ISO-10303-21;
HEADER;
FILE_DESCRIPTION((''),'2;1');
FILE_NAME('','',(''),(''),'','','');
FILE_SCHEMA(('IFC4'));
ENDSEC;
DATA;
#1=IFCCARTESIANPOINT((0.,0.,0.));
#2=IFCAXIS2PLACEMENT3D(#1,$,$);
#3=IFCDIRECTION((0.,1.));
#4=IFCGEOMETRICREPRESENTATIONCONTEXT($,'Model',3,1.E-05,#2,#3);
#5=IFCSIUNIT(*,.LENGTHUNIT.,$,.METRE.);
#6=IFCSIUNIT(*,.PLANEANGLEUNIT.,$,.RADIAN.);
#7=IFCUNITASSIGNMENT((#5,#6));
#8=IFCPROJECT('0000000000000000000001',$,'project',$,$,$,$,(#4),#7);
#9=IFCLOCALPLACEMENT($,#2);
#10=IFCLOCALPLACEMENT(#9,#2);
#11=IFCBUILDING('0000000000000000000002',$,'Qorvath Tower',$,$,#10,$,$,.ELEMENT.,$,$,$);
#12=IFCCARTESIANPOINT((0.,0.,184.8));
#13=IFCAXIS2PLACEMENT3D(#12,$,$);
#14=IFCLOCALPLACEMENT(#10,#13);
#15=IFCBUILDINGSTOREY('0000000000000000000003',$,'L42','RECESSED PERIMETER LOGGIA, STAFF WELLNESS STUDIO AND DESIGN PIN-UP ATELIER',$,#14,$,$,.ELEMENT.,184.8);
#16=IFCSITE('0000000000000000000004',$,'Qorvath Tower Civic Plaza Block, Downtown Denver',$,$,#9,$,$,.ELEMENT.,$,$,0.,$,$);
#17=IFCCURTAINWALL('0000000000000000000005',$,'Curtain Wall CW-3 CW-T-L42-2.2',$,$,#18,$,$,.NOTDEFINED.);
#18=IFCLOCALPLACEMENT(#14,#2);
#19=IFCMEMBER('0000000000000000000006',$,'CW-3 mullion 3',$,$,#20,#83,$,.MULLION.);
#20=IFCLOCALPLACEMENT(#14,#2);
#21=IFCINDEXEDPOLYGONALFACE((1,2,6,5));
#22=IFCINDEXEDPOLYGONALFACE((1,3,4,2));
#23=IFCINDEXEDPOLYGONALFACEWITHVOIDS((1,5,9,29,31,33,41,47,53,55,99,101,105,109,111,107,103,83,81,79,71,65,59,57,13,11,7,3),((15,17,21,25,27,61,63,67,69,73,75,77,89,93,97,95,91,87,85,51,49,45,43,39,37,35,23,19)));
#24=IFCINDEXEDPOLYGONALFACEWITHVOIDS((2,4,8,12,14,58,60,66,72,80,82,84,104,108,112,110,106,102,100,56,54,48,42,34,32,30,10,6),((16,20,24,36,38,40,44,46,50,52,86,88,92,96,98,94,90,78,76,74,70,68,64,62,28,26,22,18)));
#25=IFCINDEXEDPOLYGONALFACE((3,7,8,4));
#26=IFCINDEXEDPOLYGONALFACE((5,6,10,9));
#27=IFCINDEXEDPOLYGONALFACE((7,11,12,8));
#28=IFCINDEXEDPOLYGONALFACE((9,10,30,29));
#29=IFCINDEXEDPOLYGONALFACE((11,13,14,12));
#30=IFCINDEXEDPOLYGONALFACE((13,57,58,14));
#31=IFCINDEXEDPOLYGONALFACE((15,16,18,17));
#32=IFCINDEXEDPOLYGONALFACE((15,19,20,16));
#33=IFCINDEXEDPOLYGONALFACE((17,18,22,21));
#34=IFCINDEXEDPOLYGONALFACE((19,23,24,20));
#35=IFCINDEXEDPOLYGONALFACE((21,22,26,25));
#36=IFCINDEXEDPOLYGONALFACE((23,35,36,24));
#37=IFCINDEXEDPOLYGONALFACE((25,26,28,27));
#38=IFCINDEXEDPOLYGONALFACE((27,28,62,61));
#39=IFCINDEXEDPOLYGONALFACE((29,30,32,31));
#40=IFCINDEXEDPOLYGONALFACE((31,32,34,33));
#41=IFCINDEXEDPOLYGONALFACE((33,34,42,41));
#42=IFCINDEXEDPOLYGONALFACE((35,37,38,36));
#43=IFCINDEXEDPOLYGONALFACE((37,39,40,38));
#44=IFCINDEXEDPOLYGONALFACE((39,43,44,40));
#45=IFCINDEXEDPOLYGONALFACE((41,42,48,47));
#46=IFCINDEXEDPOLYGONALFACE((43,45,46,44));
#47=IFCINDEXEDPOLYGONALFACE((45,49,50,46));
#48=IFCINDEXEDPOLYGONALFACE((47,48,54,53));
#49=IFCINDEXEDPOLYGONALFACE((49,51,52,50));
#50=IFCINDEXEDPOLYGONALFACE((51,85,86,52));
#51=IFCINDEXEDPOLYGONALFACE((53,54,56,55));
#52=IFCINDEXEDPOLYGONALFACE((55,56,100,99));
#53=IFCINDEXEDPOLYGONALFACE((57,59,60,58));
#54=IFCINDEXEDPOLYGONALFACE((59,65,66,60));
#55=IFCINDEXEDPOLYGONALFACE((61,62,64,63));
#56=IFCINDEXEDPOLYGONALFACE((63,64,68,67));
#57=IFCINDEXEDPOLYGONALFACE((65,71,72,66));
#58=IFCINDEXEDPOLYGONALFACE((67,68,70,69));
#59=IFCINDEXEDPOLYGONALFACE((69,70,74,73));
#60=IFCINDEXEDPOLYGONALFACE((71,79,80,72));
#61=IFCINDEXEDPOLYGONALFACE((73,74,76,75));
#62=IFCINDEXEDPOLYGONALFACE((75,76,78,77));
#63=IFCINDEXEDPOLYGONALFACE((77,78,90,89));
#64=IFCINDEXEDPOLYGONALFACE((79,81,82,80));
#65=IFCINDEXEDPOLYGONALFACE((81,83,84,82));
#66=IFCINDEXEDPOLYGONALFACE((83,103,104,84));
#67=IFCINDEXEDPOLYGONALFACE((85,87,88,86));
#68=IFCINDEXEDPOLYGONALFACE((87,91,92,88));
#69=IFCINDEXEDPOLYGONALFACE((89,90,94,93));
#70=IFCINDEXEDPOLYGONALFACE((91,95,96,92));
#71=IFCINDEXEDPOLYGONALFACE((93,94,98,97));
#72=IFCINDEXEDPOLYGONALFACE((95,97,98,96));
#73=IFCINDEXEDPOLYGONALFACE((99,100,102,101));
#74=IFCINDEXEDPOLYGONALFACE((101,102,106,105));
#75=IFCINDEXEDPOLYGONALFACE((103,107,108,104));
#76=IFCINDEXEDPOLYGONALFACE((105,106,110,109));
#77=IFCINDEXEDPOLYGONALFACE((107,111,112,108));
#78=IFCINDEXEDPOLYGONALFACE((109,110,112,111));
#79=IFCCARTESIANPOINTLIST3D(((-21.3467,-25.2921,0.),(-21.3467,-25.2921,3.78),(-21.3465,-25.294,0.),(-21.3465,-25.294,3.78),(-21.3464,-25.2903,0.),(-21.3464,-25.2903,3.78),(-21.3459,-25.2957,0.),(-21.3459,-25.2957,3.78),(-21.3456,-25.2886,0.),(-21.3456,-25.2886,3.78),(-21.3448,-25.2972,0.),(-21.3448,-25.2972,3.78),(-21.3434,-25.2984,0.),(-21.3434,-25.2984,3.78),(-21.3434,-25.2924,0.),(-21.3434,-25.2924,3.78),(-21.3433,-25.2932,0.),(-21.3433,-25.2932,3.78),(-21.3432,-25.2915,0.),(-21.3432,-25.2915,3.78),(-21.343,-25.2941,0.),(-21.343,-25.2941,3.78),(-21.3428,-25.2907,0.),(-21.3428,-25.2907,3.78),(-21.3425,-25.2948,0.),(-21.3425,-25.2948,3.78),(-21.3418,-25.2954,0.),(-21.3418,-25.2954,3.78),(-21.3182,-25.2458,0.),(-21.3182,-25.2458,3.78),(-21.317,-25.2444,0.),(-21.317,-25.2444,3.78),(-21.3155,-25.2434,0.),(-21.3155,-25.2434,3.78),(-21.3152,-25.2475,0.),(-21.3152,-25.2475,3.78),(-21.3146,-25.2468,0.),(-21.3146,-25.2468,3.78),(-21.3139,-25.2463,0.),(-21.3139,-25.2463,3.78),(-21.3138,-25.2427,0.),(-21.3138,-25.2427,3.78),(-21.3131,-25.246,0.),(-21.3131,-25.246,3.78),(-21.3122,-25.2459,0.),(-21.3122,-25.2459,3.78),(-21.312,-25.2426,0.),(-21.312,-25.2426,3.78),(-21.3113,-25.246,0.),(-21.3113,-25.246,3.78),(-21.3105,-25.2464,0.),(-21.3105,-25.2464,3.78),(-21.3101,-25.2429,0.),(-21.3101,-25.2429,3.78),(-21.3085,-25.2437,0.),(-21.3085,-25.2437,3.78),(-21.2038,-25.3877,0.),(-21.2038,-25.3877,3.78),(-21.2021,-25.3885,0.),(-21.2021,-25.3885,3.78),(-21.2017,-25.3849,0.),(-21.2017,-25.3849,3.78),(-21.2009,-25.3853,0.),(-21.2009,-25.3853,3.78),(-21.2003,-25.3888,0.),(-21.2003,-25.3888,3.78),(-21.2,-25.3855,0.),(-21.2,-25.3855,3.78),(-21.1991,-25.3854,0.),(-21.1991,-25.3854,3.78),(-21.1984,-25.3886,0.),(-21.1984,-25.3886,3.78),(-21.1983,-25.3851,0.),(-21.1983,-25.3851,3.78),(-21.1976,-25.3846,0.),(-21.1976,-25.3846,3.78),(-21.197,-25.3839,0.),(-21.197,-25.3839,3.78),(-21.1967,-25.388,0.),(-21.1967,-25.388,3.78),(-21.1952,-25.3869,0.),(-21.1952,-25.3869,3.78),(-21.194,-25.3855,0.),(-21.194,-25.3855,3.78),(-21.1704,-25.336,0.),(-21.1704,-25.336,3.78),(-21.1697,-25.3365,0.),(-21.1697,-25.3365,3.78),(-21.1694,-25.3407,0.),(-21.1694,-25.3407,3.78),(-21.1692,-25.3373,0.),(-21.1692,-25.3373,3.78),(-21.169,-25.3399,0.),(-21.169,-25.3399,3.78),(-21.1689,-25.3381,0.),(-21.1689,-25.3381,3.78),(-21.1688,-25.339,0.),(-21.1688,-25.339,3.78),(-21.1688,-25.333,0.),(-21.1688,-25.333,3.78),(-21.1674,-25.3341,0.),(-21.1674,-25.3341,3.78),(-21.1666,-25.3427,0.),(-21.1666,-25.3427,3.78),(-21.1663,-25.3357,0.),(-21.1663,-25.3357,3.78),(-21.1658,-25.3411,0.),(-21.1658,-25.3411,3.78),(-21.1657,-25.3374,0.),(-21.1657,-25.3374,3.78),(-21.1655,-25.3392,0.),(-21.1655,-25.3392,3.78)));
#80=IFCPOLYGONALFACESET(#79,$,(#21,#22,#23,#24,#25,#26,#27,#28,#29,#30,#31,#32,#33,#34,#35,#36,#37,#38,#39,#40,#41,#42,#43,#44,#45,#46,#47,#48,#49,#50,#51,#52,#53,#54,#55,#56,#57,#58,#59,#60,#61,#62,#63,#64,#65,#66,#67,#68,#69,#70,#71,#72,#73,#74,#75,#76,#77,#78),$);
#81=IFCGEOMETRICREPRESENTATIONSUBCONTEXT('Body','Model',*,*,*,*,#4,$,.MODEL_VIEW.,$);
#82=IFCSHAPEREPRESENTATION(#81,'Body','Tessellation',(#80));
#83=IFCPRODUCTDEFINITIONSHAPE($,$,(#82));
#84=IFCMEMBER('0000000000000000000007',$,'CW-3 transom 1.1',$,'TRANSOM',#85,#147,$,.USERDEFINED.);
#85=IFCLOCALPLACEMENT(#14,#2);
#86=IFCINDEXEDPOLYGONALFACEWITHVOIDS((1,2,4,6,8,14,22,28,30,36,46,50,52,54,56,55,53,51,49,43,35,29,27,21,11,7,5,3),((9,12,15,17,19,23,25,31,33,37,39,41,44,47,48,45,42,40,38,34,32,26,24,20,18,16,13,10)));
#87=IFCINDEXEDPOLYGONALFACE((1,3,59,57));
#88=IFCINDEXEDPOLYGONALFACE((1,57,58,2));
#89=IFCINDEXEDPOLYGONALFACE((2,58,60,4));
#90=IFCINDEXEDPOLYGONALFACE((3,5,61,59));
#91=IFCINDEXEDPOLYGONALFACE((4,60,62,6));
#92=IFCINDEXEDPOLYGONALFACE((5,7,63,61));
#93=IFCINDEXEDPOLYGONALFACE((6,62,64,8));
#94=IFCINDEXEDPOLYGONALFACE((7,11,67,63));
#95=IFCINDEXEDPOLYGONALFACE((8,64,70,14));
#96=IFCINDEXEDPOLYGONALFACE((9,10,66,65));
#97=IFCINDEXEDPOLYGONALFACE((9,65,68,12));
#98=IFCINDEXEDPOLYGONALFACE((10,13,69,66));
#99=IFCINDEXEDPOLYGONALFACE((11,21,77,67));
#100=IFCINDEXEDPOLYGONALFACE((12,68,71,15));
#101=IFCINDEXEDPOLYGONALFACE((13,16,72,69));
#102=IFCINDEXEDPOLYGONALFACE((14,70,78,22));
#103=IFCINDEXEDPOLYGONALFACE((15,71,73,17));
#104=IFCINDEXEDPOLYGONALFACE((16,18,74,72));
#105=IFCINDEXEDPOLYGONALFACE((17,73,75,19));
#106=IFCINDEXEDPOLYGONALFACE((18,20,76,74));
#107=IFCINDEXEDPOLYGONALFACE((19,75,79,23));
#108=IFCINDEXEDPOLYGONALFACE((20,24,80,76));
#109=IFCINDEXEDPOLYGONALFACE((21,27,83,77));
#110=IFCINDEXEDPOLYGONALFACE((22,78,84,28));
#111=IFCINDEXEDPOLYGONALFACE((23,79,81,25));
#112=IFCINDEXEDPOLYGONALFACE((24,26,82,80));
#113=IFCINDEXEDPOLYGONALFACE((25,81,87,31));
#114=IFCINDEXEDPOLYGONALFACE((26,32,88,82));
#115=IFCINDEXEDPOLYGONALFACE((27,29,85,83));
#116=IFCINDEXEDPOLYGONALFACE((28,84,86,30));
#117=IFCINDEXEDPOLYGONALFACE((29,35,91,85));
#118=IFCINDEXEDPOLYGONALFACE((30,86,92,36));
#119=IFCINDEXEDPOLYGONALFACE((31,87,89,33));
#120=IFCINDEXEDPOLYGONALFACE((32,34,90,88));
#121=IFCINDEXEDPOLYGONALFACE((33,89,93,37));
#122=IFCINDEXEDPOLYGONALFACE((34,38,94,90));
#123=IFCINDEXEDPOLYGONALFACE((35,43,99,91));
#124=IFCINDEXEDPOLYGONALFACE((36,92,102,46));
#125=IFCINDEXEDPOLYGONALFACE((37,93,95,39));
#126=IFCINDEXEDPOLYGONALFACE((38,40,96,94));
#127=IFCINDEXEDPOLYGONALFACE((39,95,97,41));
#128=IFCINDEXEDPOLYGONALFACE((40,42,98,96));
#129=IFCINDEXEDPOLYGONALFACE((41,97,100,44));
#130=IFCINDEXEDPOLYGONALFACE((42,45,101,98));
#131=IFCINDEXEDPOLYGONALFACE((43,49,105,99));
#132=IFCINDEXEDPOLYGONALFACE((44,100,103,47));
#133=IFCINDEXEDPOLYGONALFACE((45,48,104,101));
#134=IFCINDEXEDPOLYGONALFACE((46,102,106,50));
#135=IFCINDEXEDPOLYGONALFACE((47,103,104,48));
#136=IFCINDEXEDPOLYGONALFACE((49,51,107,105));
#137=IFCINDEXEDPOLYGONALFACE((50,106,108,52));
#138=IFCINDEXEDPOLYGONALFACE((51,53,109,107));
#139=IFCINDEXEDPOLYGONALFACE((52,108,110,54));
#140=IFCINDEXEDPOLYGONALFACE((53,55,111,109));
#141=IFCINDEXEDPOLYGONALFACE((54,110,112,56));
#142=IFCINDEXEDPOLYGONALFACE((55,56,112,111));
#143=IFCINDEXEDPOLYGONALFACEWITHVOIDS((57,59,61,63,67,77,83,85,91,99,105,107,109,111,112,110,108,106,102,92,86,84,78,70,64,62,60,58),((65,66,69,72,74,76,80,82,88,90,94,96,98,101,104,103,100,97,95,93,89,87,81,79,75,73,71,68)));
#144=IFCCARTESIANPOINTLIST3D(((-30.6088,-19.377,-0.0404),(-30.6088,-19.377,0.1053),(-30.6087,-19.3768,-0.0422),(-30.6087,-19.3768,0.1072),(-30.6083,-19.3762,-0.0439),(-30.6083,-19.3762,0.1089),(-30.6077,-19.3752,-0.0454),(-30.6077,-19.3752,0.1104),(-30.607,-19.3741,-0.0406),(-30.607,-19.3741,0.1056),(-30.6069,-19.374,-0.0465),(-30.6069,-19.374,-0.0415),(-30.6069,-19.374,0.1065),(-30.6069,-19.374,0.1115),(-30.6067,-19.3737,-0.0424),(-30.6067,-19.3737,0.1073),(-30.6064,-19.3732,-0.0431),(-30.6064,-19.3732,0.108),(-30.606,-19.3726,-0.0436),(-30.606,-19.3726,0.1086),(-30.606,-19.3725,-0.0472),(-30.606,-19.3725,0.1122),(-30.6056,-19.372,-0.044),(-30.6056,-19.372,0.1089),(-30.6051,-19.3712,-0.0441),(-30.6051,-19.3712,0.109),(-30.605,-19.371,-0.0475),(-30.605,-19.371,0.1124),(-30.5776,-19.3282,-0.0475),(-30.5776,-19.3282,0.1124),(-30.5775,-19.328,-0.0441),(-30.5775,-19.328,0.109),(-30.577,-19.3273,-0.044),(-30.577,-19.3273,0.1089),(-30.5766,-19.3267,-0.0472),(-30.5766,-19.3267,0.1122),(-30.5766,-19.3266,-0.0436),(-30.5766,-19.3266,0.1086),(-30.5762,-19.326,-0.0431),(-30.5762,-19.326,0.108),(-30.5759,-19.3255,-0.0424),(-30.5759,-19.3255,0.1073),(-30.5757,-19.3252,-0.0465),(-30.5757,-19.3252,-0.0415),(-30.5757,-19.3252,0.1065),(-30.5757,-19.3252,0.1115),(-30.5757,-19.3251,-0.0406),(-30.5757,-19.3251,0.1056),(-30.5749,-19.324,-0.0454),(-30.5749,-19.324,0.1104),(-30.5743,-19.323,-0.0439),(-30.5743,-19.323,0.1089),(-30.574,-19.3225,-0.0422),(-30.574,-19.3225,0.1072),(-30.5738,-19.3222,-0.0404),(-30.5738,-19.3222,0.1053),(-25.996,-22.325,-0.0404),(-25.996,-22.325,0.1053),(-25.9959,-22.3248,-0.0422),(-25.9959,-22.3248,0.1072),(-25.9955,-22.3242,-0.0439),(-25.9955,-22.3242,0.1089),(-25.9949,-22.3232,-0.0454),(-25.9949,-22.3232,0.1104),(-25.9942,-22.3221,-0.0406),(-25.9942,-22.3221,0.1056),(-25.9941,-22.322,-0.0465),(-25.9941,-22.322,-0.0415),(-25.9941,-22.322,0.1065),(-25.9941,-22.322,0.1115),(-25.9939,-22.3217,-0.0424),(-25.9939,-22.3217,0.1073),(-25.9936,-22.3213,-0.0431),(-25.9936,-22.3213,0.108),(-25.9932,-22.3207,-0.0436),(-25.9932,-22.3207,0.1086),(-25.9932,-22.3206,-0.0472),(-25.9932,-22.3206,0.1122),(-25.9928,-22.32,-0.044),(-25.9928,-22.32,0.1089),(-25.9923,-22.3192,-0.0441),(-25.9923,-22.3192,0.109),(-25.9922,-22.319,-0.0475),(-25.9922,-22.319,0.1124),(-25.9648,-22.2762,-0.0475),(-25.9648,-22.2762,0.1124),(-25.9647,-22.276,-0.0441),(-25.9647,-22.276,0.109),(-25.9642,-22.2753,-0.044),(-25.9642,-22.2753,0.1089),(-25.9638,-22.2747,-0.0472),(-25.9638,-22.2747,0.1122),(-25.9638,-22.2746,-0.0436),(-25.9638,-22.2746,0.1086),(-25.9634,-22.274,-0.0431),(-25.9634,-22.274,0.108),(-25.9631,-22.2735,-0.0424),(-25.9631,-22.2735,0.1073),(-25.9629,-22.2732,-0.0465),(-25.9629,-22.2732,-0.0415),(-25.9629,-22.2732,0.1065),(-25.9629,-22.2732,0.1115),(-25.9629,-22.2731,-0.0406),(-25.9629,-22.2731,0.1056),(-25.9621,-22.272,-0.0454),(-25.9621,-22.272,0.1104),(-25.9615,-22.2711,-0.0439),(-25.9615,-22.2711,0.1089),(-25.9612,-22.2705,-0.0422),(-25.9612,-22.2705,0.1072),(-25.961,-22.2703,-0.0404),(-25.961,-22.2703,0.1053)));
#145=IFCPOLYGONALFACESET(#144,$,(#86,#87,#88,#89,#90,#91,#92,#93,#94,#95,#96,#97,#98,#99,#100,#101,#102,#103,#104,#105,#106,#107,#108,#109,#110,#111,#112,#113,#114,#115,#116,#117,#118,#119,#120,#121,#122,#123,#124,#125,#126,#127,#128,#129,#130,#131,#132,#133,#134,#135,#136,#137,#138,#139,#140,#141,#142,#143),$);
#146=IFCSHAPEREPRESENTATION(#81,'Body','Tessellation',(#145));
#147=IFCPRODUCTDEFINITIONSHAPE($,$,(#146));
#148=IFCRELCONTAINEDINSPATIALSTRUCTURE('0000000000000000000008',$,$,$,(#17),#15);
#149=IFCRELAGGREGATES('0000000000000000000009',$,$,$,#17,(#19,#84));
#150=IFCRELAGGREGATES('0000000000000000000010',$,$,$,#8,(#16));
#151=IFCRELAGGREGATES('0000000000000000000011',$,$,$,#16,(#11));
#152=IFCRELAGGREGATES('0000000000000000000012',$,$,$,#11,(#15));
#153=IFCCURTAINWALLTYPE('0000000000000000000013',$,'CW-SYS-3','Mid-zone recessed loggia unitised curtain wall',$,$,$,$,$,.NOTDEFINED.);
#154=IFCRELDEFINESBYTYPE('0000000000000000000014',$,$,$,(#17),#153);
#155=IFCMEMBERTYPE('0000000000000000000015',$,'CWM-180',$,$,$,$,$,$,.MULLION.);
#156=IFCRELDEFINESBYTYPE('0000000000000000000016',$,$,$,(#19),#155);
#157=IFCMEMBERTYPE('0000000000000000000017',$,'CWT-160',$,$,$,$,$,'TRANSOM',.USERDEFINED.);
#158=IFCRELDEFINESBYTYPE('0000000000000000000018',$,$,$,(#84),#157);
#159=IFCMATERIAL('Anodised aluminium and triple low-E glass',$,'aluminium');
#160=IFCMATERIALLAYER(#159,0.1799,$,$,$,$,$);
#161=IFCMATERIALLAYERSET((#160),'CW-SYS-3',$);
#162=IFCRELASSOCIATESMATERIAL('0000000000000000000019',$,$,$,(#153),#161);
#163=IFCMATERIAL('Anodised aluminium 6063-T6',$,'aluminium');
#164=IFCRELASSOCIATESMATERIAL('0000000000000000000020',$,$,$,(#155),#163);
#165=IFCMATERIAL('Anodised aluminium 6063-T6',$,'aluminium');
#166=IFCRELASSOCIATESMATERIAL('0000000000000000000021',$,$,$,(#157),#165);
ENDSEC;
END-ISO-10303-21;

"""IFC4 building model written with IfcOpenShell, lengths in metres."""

from ifc_helpers import new_model, si_unit, direction, frame, origin, origin_2d, place, context, subcontext, project, spatial, hollow_rectangle, extrude, material, layer, layer_set, material_profile, profile_set, type_object, element, aggregate, save


model = new_model("IFC4")

# Units and contexts
model_context = context("Model", 3, precision=1e-05, world=origin(), true_north=direction((0.0, 1.0)))
body_context = subcontext(model_context, "Body", "Model", "MODEL_VIEW")
ifc_project = project(units=[si_unit("LENGTHUNIT", "METRE"), si_unit("PLANEANGLEUNIT", "RADIAN")], contexts=[model_context])

# Site, building, storey
site_placement = place(None, origin())
site = spatial("IfcSite", under=ifc_project, at=site_placement, Name="Qorvath Tower Civic Plaza Block, Downtown Denver", CompositionType="ELEMENT", RefElevation=0.0)
building_placement = place(site_placement, origin())
building = spatial("IfcBuilding", under=site, at=building_placement, Name="Qorvath Tower", CompositionType="ELEMENT")
storey_placement = place(building_placement, frame((0.0, 0.0, 184.8)))
storey = spatial("IfcBuildingStorey", under=building, at=storey_placement, Name="L42", Description="RECESSED PERIMETER LOGGIA, STAFF WELLNESS STUDIO AND DESIGN PIN-UP ATELIER", CompositionType="ELEMENT", Elevation=184.8)

# Curtain wall, members
ifc_material_1 = material(Name="Anodised aluminium and triple low-E glass", Category="aluminium")
ifc_layer_1 = layer(ifc_material_1, 0.1799)
ifc_layer_set_1 = layer_set([ifc_layer_1], Name="CW-SYS-3")
curtain_wall_type = type_object("IfcCurtainWallType", Name="CW-SYS-3", Description="Mid-zone recessed loggia unitised curtain wall", PredefinedType="NOTDEFINED", material=ifc_layer_set_1)
curtain_wall_placement = place(storey_placement, origin())
curtain_wall = element("IfcCurtainWall", 1, at=curtain_wall_placement, inside=storey, type_object=curtain_wall_type, Name="Curtain Wall CW-3 CW-T-L42-2.2", PredefinedType="NOTDEFINED")
ifc_material_2 = material(Name="Anodised aluminium 6063-T6", Category="aluminium")
ifc_material_profile_1 = material_profile(ifc_material_2, hollow_rectangle(XDim=0.0649, YDim=0.1799, WallThickness=0.0034, InnerFilletRadius=0.0034, OuterFilletRadius=0.0071, at=origin_2d()), Name="CWM 180x65")
ifc_profile_set_1 = profile_set([ifc_material_profile_1], Name="Anodised aluminium 6063-T6")
member_type_1 = type_object("IfcMemberType", Name="CWM-180", PredefinedType="MULLION", material=ifc_profile_set_1)
member_1_placement = place(storey_placement, frame((-21.2561, -25.3157, 0.0), z_axis=(0.0, 0.0, 1.0), x_axis=(0.538531, 0.842606, 0.0)))
member_1 = element("IfcMember", 2, at=member_1_placement, type_object=member_type_1, Name="CW-3 mullion 3", PredefinedType="MULLION", context=body_context, shape_type="SweptSolid", body=[
    extrude(hollow_rectangle(XDim=0.0649, YDim=0.1799, WallThickness=0.0034, InnerFilletRadius=0.0034, OuterFilletRadius=0.0071, at=origin_2d()), origin(), (0.0, 0.0, 1.0), 3.78),
])
ifc_material_3 = material(Name="Anodised aluminium 6063-T6", Category="aluminium")
ifc_material_profile_2 = material_profile(ifc_material_3, hollow_rectangle(XDim=0.0649, YDim=0.1599, WallThickness=0.0034, InnerFilletRadius=0.0034, OuterFilletRadius=0.0071, at=origin_2d()), Name="CWT 160x65")
ifc_profile_set_2 = profile_set([ifc_material_profile_2], Name="Anodised aluminium 6063-T6")
member_type_2 = type_object("IfcMemberType", Name="CWT-160", ElementType="TRANSOM", PredefinedType="USERDEFINED", material=ifc_profile_set_2)
member_2_placement = place(storey_placement, frame((-30.5913, -19.3496, 0.0325), z_axis=(0.842619, -0.538511, 0.0), x_axis=(0.538511, 0.842619, 0.0)))
member_2 = element("IfcMember", 3, at=member_2_placement, type_object=member_type_2, Name="CW-3 transom 1.1", ObjectType="TRANSOM", PredefinedType="USERDEFINED", context=body_context, shape_type="SweptSolid", body=[
    extrude(hollow_rectangle(XDim=0.0649, YDim=0.1599, WallThickness=0.0034, InnerFilletRadius=0.0034, OuterFilletRadius=0.0071, at=origin_2d()), origin(), (0.0, 0.0, 1.0), 5.4744),
])
aggregate(curtain_wall, [member_1, member_2])

save(model, "model.ifc")
